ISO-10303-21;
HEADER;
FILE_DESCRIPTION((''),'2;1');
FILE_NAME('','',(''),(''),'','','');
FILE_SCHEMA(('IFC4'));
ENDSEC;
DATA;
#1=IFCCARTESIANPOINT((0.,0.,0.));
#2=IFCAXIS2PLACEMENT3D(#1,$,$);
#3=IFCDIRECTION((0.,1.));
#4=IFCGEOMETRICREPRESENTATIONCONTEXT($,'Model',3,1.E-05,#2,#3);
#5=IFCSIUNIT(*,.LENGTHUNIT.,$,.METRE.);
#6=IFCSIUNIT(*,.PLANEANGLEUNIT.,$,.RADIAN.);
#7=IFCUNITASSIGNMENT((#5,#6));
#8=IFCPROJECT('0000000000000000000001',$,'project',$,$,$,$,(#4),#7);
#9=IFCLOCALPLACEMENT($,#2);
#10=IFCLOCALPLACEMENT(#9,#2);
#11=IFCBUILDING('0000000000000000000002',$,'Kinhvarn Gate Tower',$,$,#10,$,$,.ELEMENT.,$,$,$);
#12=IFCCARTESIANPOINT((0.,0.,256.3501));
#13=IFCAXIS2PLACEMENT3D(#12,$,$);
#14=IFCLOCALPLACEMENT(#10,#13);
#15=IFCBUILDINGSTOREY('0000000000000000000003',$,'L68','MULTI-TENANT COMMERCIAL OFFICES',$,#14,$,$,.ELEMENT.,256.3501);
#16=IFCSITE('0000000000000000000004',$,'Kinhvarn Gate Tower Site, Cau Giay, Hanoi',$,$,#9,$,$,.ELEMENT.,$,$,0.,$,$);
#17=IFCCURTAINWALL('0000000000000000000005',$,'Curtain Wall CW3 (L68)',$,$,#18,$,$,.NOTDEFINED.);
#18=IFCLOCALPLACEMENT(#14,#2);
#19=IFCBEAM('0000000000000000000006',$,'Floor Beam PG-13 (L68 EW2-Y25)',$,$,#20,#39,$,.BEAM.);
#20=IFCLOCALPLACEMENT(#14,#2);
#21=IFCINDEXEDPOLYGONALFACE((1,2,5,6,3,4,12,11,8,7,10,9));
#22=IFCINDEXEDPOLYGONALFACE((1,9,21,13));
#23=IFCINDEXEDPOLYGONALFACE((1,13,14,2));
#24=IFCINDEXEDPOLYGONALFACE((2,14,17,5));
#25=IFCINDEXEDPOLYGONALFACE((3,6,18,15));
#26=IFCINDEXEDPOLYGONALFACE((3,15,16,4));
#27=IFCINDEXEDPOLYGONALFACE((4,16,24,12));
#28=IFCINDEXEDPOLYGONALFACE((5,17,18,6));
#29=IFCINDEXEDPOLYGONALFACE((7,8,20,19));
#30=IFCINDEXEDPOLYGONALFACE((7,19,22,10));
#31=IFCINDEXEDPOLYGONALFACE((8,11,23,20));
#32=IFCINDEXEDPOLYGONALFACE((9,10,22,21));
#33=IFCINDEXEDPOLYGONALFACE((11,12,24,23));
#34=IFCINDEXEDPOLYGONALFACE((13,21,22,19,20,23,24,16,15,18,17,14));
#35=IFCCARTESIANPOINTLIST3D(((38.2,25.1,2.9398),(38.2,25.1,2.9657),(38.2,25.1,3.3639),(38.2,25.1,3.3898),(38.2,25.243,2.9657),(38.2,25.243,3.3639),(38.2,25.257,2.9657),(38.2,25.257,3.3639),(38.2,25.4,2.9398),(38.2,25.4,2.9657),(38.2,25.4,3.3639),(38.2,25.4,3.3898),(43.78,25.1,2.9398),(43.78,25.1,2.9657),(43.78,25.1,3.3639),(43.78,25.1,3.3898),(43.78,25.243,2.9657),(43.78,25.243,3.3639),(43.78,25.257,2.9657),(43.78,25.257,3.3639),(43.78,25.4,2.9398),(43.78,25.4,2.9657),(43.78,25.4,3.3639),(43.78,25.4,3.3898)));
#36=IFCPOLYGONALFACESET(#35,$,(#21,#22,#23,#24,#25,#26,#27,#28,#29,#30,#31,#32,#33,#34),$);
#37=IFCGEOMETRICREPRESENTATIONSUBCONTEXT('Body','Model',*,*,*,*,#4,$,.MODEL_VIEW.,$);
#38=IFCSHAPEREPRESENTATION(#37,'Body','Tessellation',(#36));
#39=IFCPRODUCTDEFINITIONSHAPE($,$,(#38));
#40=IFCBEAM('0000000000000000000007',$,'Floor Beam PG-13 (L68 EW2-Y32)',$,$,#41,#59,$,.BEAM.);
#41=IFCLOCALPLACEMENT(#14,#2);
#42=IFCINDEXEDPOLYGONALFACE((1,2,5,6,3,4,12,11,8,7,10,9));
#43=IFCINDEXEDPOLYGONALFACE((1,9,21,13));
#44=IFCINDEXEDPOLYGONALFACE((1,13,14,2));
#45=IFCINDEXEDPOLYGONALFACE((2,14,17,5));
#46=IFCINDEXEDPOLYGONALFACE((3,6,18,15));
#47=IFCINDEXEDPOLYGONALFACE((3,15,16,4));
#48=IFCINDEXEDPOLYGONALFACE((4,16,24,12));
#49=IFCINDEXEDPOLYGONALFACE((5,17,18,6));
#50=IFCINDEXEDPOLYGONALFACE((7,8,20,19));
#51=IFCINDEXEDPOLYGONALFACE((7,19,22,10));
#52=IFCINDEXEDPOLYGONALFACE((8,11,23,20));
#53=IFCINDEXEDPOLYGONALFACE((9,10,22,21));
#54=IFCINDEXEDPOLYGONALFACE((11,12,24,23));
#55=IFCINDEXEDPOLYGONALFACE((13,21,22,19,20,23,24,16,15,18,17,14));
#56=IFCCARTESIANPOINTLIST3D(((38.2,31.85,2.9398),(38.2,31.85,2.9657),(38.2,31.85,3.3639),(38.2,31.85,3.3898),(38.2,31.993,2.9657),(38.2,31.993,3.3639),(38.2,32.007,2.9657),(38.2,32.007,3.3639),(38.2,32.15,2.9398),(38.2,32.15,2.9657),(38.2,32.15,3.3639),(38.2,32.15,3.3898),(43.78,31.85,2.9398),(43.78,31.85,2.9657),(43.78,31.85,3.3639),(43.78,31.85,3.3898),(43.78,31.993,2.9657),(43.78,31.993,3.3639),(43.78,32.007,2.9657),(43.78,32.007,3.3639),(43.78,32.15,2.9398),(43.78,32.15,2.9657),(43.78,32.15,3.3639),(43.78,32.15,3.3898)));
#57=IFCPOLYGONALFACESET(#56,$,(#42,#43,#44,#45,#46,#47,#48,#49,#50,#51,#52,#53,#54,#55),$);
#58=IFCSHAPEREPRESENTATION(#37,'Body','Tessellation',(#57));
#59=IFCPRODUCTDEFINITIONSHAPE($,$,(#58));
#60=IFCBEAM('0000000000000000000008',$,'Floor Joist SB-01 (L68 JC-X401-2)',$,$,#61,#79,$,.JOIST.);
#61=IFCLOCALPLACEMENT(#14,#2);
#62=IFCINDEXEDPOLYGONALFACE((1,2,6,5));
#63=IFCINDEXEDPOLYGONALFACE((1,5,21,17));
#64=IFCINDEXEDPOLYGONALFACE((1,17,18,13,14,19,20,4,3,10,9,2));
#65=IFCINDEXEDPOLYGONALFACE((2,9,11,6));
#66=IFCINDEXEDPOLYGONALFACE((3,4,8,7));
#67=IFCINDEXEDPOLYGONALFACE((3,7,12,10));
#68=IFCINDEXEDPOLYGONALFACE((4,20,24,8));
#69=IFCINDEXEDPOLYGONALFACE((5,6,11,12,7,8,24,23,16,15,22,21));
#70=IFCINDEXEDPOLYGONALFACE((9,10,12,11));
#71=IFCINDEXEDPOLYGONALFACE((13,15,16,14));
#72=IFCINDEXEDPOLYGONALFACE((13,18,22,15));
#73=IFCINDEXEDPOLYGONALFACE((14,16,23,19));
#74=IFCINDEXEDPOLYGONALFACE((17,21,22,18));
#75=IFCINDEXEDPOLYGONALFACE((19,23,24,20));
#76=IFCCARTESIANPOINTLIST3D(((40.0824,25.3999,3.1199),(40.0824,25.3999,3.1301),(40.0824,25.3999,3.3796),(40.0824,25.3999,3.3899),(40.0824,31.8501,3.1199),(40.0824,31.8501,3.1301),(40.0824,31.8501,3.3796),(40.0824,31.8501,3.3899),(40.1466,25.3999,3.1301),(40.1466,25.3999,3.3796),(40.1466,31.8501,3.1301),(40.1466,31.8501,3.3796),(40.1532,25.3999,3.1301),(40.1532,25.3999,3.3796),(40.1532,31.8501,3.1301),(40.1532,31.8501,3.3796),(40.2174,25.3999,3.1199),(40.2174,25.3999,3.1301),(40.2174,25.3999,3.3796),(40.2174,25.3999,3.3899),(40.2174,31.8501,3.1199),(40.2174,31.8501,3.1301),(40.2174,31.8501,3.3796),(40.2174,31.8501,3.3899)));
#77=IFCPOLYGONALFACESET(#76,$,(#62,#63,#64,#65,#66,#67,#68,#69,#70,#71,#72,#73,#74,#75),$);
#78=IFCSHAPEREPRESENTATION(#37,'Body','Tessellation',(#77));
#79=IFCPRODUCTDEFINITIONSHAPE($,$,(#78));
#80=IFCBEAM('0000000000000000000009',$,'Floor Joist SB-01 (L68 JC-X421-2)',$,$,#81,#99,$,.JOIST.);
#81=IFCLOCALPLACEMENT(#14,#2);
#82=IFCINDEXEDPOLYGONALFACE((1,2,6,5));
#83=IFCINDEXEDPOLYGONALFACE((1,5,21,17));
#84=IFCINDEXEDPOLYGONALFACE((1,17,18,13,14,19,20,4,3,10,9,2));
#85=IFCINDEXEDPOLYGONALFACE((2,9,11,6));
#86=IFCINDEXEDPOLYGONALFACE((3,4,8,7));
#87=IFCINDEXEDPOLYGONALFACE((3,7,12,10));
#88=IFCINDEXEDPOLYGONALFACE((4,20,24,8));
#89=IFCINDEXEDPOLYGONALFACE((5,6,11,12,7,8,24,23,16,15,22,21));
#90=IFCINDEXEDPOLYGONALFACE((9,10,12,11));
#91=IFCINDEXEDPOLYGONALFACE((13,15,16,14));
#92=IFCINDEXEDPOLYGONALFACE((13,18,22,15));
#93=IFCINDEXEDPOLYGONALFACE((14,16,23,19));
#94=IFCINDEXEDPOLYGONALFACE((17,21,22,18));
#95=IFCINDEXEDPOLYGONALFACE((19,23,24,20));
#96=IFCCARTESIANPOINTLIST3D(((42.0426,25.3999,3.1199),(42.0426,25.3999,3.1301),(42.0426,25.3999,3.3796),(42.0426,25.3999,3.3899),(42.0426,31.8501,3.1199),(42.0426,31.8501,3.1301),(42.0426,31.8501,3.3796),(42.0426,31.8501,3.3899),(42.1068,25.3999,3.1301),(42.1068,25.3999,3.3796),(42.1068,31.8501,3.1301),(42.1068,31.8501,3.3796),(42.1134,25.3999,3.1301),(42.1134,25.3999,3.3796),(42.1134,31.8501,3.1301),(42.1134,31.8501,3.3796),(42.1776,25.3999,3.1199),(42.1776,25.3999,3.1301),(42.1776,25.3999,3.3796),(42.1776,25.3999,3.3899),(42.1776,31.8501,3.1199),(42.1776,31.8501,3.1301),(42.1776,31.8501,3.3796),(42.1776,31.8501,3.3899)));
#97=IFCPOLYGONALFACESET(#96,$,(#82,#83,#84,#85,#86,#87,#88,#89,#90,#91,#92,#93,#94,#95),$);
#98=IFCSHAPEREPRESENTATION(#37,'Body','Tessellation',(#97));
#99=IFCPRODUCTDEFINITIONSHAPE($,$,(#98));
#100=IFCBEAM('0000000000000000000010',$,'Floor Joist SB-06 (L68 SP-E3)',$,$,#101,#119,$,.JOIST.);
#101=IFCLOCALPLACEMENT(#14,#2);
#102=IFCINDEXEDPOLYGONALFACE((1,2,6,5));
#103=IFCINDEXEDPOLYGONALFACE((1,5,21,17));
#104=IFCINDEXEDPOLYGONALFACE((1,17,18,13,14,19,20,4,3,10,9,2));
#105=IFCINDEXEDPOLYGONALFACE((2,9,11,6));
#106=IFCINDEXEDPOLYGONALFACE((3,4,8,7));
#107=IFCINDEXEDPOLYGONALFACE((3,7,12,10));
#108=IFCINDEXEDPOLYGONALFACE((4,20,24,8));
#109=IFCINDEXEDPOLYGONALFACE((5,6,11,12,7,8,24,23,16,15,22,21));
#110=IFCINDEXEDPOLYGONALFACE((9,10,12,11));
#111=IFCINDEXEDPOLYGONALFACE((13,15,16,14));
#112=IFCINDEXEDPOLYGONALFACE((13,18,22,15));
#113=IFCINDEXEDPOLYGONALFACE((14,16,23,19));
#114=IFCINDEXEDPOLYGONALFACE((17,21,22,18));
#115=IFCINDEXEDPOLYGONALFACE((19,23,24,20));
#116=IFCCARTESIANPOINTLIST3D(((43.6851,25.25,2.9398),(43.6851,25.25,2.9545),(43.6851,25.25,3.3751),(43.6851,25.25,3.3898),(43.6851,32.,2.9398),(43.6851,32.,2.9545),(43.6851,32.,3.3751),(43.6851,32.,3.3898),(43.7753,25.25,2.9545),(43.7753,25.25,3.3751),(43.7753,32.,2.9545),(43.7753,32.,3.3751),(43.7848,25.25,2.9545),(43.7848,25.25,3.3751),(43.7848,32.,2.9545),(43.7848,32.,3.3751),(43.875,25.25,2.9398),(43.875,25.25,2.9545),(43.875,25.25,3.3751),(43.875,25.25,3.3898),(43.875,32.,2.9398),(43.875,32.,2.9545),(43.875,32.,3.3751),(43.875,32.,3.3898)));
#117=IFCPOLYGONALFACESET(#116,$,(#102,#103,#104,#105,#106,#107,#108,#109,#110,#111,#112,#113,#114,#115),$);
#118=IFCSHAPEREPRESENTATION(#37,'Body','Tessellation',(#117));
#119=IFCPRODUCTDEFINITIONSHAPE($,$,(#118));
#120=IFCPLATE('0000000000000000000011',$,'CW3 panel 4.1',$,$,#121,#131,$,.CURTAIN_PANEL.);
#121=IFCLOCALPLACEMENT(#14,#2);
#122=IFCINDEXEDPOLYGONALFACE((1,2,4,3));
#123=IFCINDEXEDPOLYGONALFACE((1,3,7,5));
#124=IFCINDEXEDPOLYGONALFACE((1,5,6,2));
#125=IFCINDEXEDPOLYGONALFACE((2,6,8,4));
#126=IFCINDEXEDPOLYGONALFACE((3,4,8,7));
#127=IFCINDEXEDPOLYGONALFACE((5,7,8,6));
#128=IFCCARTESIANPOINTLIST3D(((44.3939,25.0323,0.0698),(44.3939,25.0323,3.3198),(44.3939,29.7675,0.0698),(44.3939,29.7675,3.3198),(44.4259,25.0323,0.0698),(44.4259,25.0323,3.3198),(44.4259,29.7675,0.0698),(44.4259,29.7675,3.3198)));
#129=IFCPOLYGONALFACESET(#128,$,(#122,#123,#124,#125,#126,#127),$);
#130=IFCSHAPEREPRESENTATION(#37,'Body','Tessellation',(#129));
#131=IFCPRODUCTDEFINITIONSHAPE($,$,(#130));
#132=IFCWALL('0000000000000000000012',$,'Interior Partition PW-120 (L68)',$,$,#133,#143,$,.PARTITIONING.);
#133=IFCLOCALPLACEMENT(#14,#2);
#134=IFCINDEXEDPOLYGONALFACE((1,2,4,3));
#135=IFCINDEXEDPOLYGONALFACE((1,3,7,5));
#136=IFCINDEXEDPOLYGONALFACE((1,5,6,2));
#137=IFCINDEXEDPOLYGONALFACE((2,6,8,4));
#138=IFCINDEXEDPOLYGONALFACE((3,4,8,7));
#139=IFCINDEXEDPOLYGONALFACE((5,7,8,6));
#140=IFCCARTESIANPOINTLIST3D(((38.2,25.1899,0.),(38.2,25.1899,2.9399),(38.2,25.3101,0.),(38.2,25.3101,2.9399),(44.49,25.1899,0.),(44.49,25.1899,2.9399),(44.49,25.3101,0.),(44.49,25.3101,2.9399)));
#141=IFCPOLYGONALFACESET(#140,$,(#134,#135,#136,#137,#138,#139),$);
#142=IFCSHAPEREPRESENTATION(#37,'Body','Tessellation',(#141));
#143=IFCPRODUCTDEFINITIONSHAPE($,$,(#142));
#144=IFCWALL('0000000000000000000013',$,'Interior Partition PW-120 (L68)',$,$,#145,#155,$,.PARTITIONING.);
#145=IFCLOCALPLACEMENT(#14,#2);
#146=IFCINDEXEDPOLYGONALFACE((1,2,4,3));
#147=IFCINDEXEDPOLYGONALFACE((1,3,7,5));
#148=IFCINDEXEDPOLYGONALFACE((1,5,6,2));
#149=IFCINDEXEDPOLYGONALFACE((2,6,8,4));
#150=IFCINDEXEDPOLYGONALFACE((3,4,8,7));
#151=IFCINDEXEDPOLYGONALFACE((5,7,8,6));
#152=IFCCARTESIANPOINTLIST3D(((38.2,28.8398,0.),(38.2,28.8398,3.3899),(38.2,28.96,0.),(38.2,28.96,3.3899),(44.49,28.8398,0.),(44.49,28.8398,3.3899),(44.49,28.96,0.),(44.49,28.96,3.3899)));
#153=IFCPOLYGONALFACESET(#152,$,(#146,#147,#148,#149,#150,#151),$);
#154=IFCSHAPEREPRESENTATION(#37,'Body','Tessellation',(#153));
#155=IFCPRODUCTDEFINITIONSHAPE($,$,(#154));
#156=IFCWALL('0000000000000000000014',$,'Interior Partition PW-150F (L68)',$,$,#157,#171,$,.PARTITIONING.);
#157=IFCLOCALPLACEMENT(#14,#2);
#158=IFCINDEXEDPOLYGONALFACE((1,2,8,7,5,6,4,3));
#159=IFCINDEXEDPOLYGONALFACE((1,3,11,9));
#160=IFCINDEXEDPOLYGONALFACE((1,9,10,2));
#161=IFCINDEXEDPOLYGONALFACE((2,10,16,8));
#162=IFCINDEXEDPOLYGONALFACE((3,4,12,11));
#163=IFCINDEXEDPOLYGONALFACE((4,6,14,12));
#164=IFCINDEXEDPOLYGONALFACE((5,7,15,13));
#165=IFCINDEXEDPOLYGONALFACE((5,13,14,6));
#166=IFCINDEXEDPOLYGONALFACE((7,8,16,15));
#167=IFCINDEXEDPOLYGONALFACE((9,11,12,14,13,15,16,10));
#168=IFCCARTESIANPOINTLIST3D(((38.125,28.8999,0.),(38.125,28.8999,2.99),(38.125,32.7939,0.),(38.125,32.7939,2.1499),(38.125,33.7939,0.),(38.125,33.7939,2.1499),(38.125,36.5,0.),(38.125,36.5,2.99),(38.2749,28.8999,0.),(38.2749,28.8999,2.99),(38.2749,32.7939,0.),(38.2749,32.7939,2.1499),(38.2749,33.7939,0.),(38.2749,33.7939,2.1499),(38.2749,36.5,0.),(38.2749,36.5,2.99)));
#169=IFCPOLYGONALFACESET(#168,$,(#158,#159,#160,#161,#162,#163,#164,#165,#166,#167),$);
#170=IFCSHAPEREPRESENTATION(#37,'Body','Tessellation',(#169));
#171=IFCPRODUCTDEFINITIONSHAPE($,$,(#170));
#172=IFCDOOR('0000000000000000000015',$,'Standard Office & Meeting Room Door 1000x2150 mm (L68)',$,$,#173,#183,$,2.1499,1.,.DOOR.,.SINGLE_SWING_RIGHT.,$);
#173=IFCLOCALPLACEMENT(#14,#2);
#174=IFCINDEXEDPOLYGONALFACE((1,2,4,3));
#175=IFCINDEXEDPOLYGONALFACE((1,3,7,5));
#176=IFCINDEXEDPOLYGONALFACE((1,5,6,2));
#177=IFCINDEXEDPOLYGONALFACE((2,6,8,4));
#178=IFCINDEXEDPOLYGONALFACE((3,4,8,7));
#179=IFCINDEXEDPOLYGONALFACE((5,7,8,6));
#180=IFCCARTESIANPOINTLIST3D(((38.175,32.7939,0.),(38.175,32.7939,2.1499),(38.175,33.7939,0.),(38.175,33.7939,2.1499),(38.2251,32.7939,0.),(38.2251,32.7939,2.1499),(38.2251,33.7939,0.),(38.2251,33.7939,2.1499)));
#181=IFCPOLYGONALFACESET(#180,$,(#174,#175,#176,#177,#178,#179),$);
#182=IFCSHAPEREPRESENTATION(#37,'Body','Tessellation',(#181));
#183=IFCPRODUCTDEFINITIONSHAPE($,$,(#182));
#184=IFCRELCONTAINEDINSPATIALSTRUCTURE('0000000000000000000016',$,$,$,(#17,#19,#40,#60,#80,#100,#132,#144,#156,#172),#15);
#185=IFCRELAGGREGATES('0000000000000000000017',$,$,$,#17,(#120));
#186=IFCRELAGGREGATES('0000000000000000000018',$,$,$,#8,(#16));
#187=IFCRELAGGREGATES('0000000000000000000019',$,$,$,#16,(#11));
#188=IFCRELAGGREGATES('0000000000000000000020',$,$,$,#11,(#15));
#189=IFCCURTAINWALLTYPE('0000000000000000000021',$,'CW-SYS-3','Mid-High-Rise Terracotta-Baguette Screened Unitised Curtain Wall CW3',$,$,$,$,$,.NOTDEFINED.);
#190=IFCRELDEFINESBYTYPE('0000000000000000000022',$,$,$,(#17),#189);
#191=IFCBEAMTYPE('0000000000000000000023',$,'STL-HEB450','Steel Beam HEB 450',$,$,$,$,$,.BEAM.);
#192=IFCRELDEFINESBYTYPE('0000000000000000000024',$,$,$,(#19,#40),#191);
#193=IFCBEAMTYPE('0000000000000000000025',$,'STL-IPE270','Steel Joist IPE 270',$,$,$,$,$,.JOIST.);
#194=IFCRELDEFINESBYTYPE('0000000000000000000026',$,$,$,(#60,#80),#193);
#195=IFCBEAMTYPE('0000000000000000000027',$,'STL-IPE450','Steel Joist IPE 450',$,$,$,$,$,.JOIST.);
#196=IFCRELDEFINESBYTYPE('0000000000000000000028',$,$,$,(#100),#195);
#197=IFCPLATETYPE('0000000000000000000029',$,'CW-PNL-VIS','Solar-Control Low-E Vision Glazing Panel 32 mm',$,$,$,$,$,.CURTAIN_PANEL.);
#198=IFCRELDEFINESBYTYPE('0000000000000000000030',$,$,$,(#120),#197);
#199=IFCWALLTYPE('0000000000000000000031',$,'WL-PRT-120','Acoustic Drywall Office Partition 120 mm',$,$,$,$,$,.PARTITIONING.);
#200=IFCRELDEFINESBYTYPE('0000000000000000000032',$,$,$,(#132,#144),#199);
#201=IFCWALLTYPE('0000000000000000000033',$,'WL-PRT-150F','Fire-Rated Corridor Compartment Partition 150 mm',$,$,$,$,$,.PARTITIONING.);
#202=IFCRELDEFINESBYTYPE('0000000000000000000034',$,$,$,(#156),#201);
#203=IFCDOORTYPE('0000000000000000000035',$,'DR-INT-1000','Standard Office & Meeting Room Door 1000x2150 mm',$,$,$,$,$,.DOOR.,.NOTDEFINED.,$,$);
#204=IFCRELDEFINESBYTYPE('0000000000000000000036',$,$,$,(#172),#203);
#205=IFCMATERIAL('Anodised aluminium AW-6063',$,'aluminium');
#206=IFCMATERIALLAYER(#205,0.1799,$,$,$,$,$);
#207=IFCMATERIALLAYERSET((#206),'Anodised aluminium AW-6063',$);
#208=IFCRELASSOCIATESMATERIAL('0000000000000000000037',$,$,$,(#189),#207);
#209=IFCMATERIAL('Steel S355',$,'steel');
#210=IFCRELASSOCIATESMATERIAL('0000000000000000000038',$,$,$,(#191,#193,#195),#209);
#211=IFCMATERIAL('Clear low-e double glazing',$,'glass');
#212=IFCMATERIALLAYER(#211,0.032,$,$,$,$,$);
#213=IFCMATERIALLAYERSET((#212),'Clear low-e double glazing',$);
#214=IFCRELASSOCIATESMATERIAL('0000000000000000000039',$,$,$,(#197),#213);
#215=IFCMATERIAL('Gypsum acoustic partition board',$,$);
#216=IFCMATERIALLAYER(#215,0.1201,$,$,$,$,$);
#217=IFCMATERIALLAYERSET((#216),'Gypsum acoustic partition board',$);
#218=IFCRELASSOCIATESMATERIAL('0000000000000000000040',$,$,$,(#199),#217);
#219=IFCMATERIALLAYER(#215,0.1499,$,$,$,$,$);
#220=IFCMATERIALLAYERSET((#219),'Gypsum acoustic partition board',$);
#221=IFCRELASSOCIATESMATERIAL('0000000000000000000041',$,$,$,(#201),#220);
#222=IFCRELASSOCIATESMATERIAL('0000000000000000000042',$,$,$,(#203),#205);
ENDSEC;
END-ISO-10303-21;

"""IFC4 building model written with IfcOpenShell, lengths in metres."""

from ifc_helpers import new_model, si_unit, direction, frame, frame_2d, origin, origin_2d, place, context, subcontext, project, spatial, rectangle, i_section, extrude, material, layer, layer_set, material_profile, profile_set, type_object, element, fill, aggregate, save


model = new_model("IFC4")

# Units and contexts
model_context = context("Model", 3, precision=1e-05, world=origin(), true_north=direction((0.0, 1.0)))
body_context = subcontext(model_context, "Body", "Model", "MODEL_VIEW")
ifc_project = project(units=[si_unit("LENGTHUNIT", "METRE"), si_unit("PLANEANGLEUNIT", "RADIAN")], contexts=[model_context])

# Site, building, storey
site_placement = place(None, origin())
site = spatial("IfcSite", under=ifc_project, at=site_placement, Name="Kinhvarn Gate Tower Site, Cau Giay, Hanoi", CompositionType="ELEMENT", RefElevation=0.0)
building_placement = place(site_placement, origin())
building = spatial("IfcBuilding", under=site, at=building_placement, Name="Kinhvarn Gate Tower", CompositionType="ELEMENT")
storey_placement = place(building_placement, frame((0.0, 0.0, 256.3501)))
storey = spatial("IfcBuildingStorey", under=building, at=storey_placement, Name="L68", Description="MULTI-TENANT COMMERCIAL OFFICES", CompositionType="ELEMENT", Elevation=256.3501)

# Curtain wall
ifc_material_1 = material(Name="Anodised aluminium AW-6063", Category="aluminium")
ifc_layer_1 = layer(ifc_material_1, 0.1799)
ifc_layer_set_1 = layer_set([ifc_layer_1], Name="Anodised aluminium AW-6063")
curtain_wall_type = type_object("IfcCurtainWallType", Name="CW-SYS-3", Description="Mid-High-Rise Terracotta-Baguette Screened Unitised Curtain Wall CW3", PredefinedType="NOTDEFINED", material=ifc_layer_set_1)
curtain_wall_placement = place(storey_placement, origin())
curtain_wall = element("IfcCurtainWall", 1, at=curtain_wall_placement, inside=storey, type_object=curtain_wall_type, Name="Curtain Wall CW3 (L68)", PredefinedType="NOTDEFINED")

# Beams
ifc_material_2 = material(Name="Steel S355", Category="steel")
ifc_material_profile_1 = material_profile(ifc_material_2, i_section(OverallWidth=0.3, OverallDepth=0.45, WebThickness=0.0139, FlangeThickness=0.0259, at=origin_2d()), Name="HEB 450")
ifc_profile_set_1 = profile_set([ifc_material_profile_1], Name="Steel S355")
beam_type_1 = type_object("IfcBeamType", Name="STL-HEB450", Description="Steel Beam HEB 450", PredefinedType="BEAM", material=ifc_profile_set_1)
for number, where, z_axis, x_axis, name in (
    (2, (38.2, 25.25, 3.1648), (1.0, 0.0, 0.0), (0.0, 1.0, 0.0), "Floor Beam PG-13 (L68 EW2-Y25)"),
    (3, (38.2, 32.0, 3.1648), (1.0, 0.0, 0.0), (0.0, 1.0, 0.0), "Floor Beam PG-13 (L68 EW2-Y32)"),
):
    element("IfcBeam", number, at=place(storey_placement, frame(where, z_axis=z_axis, x_axis=x_axis)), inside=storey, type_object=beam_type_1, Name=name, PredefinedType="BEAM", context=body_context, shape_type="SweptSolid", body=[
        extrude(i_section(OverallWidth=0.3, OverallDepth=0.45, WebThickness=0.0139, FlangeThickness=0.0259, at=origin_2d()), origin(), (0.0, 0.0, 1.0), 5.5801),
    ])
ifc_material_profile_2 = material_profile(ifc_material_2, i_section(OverallWidth=0.135, OverallDepth=0.27, WebThickness=0.0066, FlangeThickness=0.0103, at=origin_2d()), Name="IPE 270")
ifc_profile_set_2 = profile_set([ifc_material_profile_2], Name="Steel S355")
beam_type_2 = type_object("IfcBeamType", Name="STL-IPE270", Description="Steel Joist IPE 270", PredefinedType="JOIST", material=ifc_profile_set_2)
for number, where, z_axis, x_axis, name in (
    (4, (40.1499, 25.3999, 3.2549), (0.0, 1.0, 0.0), (-1.0, 0.0, 0.0), "Floor Joist SB-01 (L68 JC-X401-2)"),
    (5, (42.1101, 25.3999, 3.2549), (0.0, 1.0, 0.0), (-1.0, 0.0, 0.0), "Floor Joist SB-01 (L68 JC-X421-2)"),
):
    element("IfcBeam", number, at=place(storey_placement, frame(where, z_axis=z_axis, x_axis=x_axis)), inside=storey, type_object=beam_type_2, Name=name, PredefinedType="JOIST", context=body_context, shape_type="SweptSolid", body=[
        extrude(i_section(OverallWidth=0.135, OverallDepth=0.27, WebThickness=0.0066, FlangeThickness=0.0103, at=origin_2d()), origin(), (0.0, 0.0, 1.0), 6.4502),
    ])
ifc_material_profile_3 = material_profile(ifc_material_2, i_section(OverallWidth=0.1899, OverallDepth=0.45, WebThickness=0.0095, FlangeThickness=0.0146, at=origin_2d()), Name="IPE 450")
ifc_profile_set_3 = profile_set([ifc_material_profile_3], Name="Steel S355")
beam_type_3 = type_object("IfcBeamType", Name="STL-IPE450", Description="Steel Joist IPE 450", PredefinedType="JOIST", material=ifc_profile_set_3)
beam_1_placement = place(storey_placement, frame((43.78, 25.25, 3.1648), z_axis=(0.0, 1.0, 0.0), x_axis=(-1.0, 0.0, 0.0)))
element("IfcBeam", 6, at=beam_1_placement, inside=storey, type_object=beam_type_3, Name="Floor Joist SB-06 (L68 SP-E3)", PredefinedType="JOIST", context=body_context, shape_type="SweptSolid", body=[
    extrude(i_section(OverallWidth=0.1899, OverallDepth=0.45, WebThickness=0.0095, FlangeThickness=0.0146, at=origin_2d()), origin(), (0.0, 0.0, 1.0), 6.75),
])

# Plate
ifc_material_3 = material(Name="Clear low-e double glazing", Category="glass")
ifc_layer_2 = layer(ifc_material_3, 0.032)
ifc_layer_set_2 = layer_set([ifc_layer_2], Name="Clear low-e double glazing")
plate_type = type_object("IfcPlateType", Name="CW-PNL-VIS", Description="Solar-Control Low-E Vision Glazing Panel 32 mm", PredefinedType="CURTAIN_PANEL", material=ifc_layer_set_2)
plate_placement = place(storey_placement, frame((44.4099, 27.3999, 0.0698), z_axis=(0.0, 0.0, 1.0), x_axis=(0.0, 1.0, 0.0)))
plate = element("IfcPlate", 7, at=plate_placement, type_object=plate_type, Name="CW3 panel 4.1", PredefinedType="CURTAIN_PANEL", context=body_context, shape_type="SweptSolid", body=[
    extrude(rectangle(XDim=4.7351, YDim=0.032, at=origin_2d()), origin(), (0.0, 0.0, 1.0), 3.25),
])
aggregate(curtain_wall, [plate])

# Walls
ifc_material_4 = material(Name="Gypsum acoustic partition board")
ifc_layer_3 = layer(ifc_material_4, 0.1201)
ifc_layer_set_3 = layer_set([ifc_layer_3], Name="Gypsum acoustic partition board")
wall_type_1 = type_object("IfcWallType", Name="WL-PRT-120", Description="Acoustic Drywall Office Partition 120 mm", PredefinedType="PARTITIONING", material=ifc_layer_set_3)
wall_1_placement = place(storey_placement, frame((38.2, 25.25, 0.0), z_axis=(0.0, 0.0, 1.0), x_axis=(1.0, 0.0, 0.0)))
element("IfcWall", 8, at=wall_1_placement, inside=storey, type_object=wall_type_1, Name="Interior Partition PW-120 (L68)", PredefinedType="PARTITIONING", context=body_context, shape_type="SweptSolid", body=[
    extrude(rectangle(XDim=6.29, YDim=0.1201, at=frame_2d((3.145, 0.0))), origin(), (0.0, 0.0, 1.0), 2.9399),
])
wall_2_placement = place(storey_placement, frame((38.2, 28.8999, 0.0), z_axis=(0.0, 0.0, 1.0), x_axis=(1.0, 0.0, 0.0)))
element("IfcWall", 9, at=wall_2_placement, inside=storey, type_object=wall_type_1, Name="Interior Partition PW-120 (L68)", PredefinedType="PARTITIONING", context=body_context, shape_type="SweptSolid", body=[
    extrude(rectangle(XDim=6.29, YDim=0.1201, at=frame_2d((3.145, 0.0))), origin(), (0.0, 0.0, 1.0), 3.3899),
])

# Wall, opening, door
ifc_layer_4 = layer(ifc_material_4, 0.1499)
ifc_layer_set_4 = layer_set([ifc_layer_4], Name="Gypsum acoustic partition board")
wall_type_2 = type_object("IfcWallType", Name="WL-PRT-150F", Description="Fire-Rated Corridor Compartment Partition 150 mm", PredefinedType="PARTITIONING", material=ifc_layer_set_4)
door_type = type_object("IfcDoorType", Name="DR-INT-1000", Description="Standard Office & Meeting Room Door 1000x2150 mm", OperationType="NOTDEFINED", PredefinedType="DOOR", material=ifc_material_1)
wall_3_placement = place(storey_placement, frame((38.2, 28.8999, 0.0), z_axis=(0.0, 0.0, 1.0), x_axis=(0.0, 1.0, 0.0)))
wall_3 = element("IfcWall", 10, at=wall_3_placement, inside=storey, type_object=wall_type_2, Name="Interior Partition PW-150F (L68)", PredefinedType="PARTITIONING", context=body_context, shape_type="SweptSolid", body=[
    extrude(rectangle(XDim=7.6001, YDim=0.1499, at=frame_2d((3.8, 0.0))), origin(), (0.0, 0.0, 1.0), 2.99),
])
opening_1_placement = place(wall_3_placement, frame((3.894, 0.0, 0.0)))
opening_1 = element("IfcOpeningElement", 11, at=opening_1_placement, cuts=wall_3, PredefinedType="OPENING", context=body_context, shape_type="SweptSolid", body=[
    extrude(rectangle(XDim=1.0, YDim=2.1499, at=frame_2d((0.5, 1.075))), frame((0.0, 0.085, 0.0), z_axis=(0.0, -1.0, 0.0), x_axis=(1.0, 0.0, 0.0)), (0.0, 0.0, 1.0), 0.1699),
])
door_1_placement = place(opening_1_placement, origin())
door_1 = element("IfcDoor", 12, at=door_1_placement, inside=storey, type_object=door_type, Name="Standard Office & Meeting Room Door 1000x2150 mm (L68)", OperationType="SINGLE_SWING_RIGHT", OverallHeight=2.1499, OverallWidth=1.0, PredefinedType="DOOR", context=body_context, shape_type="SweptSolid", body=[
    extrude(rectangle(XDim=1.0, YDim=2.1499, at=frame_2d((0.5, 1.075))), frame((0.0, 0.0249, 0.0), z_axis=(0.0, -1.0, 0.0), x_axis=(1.0, 0.0, 0.0)), (0.0, 0.0, 1.0), 0.05),
])
fill(opening_1, door_1)

save(model, "model.ifc")
